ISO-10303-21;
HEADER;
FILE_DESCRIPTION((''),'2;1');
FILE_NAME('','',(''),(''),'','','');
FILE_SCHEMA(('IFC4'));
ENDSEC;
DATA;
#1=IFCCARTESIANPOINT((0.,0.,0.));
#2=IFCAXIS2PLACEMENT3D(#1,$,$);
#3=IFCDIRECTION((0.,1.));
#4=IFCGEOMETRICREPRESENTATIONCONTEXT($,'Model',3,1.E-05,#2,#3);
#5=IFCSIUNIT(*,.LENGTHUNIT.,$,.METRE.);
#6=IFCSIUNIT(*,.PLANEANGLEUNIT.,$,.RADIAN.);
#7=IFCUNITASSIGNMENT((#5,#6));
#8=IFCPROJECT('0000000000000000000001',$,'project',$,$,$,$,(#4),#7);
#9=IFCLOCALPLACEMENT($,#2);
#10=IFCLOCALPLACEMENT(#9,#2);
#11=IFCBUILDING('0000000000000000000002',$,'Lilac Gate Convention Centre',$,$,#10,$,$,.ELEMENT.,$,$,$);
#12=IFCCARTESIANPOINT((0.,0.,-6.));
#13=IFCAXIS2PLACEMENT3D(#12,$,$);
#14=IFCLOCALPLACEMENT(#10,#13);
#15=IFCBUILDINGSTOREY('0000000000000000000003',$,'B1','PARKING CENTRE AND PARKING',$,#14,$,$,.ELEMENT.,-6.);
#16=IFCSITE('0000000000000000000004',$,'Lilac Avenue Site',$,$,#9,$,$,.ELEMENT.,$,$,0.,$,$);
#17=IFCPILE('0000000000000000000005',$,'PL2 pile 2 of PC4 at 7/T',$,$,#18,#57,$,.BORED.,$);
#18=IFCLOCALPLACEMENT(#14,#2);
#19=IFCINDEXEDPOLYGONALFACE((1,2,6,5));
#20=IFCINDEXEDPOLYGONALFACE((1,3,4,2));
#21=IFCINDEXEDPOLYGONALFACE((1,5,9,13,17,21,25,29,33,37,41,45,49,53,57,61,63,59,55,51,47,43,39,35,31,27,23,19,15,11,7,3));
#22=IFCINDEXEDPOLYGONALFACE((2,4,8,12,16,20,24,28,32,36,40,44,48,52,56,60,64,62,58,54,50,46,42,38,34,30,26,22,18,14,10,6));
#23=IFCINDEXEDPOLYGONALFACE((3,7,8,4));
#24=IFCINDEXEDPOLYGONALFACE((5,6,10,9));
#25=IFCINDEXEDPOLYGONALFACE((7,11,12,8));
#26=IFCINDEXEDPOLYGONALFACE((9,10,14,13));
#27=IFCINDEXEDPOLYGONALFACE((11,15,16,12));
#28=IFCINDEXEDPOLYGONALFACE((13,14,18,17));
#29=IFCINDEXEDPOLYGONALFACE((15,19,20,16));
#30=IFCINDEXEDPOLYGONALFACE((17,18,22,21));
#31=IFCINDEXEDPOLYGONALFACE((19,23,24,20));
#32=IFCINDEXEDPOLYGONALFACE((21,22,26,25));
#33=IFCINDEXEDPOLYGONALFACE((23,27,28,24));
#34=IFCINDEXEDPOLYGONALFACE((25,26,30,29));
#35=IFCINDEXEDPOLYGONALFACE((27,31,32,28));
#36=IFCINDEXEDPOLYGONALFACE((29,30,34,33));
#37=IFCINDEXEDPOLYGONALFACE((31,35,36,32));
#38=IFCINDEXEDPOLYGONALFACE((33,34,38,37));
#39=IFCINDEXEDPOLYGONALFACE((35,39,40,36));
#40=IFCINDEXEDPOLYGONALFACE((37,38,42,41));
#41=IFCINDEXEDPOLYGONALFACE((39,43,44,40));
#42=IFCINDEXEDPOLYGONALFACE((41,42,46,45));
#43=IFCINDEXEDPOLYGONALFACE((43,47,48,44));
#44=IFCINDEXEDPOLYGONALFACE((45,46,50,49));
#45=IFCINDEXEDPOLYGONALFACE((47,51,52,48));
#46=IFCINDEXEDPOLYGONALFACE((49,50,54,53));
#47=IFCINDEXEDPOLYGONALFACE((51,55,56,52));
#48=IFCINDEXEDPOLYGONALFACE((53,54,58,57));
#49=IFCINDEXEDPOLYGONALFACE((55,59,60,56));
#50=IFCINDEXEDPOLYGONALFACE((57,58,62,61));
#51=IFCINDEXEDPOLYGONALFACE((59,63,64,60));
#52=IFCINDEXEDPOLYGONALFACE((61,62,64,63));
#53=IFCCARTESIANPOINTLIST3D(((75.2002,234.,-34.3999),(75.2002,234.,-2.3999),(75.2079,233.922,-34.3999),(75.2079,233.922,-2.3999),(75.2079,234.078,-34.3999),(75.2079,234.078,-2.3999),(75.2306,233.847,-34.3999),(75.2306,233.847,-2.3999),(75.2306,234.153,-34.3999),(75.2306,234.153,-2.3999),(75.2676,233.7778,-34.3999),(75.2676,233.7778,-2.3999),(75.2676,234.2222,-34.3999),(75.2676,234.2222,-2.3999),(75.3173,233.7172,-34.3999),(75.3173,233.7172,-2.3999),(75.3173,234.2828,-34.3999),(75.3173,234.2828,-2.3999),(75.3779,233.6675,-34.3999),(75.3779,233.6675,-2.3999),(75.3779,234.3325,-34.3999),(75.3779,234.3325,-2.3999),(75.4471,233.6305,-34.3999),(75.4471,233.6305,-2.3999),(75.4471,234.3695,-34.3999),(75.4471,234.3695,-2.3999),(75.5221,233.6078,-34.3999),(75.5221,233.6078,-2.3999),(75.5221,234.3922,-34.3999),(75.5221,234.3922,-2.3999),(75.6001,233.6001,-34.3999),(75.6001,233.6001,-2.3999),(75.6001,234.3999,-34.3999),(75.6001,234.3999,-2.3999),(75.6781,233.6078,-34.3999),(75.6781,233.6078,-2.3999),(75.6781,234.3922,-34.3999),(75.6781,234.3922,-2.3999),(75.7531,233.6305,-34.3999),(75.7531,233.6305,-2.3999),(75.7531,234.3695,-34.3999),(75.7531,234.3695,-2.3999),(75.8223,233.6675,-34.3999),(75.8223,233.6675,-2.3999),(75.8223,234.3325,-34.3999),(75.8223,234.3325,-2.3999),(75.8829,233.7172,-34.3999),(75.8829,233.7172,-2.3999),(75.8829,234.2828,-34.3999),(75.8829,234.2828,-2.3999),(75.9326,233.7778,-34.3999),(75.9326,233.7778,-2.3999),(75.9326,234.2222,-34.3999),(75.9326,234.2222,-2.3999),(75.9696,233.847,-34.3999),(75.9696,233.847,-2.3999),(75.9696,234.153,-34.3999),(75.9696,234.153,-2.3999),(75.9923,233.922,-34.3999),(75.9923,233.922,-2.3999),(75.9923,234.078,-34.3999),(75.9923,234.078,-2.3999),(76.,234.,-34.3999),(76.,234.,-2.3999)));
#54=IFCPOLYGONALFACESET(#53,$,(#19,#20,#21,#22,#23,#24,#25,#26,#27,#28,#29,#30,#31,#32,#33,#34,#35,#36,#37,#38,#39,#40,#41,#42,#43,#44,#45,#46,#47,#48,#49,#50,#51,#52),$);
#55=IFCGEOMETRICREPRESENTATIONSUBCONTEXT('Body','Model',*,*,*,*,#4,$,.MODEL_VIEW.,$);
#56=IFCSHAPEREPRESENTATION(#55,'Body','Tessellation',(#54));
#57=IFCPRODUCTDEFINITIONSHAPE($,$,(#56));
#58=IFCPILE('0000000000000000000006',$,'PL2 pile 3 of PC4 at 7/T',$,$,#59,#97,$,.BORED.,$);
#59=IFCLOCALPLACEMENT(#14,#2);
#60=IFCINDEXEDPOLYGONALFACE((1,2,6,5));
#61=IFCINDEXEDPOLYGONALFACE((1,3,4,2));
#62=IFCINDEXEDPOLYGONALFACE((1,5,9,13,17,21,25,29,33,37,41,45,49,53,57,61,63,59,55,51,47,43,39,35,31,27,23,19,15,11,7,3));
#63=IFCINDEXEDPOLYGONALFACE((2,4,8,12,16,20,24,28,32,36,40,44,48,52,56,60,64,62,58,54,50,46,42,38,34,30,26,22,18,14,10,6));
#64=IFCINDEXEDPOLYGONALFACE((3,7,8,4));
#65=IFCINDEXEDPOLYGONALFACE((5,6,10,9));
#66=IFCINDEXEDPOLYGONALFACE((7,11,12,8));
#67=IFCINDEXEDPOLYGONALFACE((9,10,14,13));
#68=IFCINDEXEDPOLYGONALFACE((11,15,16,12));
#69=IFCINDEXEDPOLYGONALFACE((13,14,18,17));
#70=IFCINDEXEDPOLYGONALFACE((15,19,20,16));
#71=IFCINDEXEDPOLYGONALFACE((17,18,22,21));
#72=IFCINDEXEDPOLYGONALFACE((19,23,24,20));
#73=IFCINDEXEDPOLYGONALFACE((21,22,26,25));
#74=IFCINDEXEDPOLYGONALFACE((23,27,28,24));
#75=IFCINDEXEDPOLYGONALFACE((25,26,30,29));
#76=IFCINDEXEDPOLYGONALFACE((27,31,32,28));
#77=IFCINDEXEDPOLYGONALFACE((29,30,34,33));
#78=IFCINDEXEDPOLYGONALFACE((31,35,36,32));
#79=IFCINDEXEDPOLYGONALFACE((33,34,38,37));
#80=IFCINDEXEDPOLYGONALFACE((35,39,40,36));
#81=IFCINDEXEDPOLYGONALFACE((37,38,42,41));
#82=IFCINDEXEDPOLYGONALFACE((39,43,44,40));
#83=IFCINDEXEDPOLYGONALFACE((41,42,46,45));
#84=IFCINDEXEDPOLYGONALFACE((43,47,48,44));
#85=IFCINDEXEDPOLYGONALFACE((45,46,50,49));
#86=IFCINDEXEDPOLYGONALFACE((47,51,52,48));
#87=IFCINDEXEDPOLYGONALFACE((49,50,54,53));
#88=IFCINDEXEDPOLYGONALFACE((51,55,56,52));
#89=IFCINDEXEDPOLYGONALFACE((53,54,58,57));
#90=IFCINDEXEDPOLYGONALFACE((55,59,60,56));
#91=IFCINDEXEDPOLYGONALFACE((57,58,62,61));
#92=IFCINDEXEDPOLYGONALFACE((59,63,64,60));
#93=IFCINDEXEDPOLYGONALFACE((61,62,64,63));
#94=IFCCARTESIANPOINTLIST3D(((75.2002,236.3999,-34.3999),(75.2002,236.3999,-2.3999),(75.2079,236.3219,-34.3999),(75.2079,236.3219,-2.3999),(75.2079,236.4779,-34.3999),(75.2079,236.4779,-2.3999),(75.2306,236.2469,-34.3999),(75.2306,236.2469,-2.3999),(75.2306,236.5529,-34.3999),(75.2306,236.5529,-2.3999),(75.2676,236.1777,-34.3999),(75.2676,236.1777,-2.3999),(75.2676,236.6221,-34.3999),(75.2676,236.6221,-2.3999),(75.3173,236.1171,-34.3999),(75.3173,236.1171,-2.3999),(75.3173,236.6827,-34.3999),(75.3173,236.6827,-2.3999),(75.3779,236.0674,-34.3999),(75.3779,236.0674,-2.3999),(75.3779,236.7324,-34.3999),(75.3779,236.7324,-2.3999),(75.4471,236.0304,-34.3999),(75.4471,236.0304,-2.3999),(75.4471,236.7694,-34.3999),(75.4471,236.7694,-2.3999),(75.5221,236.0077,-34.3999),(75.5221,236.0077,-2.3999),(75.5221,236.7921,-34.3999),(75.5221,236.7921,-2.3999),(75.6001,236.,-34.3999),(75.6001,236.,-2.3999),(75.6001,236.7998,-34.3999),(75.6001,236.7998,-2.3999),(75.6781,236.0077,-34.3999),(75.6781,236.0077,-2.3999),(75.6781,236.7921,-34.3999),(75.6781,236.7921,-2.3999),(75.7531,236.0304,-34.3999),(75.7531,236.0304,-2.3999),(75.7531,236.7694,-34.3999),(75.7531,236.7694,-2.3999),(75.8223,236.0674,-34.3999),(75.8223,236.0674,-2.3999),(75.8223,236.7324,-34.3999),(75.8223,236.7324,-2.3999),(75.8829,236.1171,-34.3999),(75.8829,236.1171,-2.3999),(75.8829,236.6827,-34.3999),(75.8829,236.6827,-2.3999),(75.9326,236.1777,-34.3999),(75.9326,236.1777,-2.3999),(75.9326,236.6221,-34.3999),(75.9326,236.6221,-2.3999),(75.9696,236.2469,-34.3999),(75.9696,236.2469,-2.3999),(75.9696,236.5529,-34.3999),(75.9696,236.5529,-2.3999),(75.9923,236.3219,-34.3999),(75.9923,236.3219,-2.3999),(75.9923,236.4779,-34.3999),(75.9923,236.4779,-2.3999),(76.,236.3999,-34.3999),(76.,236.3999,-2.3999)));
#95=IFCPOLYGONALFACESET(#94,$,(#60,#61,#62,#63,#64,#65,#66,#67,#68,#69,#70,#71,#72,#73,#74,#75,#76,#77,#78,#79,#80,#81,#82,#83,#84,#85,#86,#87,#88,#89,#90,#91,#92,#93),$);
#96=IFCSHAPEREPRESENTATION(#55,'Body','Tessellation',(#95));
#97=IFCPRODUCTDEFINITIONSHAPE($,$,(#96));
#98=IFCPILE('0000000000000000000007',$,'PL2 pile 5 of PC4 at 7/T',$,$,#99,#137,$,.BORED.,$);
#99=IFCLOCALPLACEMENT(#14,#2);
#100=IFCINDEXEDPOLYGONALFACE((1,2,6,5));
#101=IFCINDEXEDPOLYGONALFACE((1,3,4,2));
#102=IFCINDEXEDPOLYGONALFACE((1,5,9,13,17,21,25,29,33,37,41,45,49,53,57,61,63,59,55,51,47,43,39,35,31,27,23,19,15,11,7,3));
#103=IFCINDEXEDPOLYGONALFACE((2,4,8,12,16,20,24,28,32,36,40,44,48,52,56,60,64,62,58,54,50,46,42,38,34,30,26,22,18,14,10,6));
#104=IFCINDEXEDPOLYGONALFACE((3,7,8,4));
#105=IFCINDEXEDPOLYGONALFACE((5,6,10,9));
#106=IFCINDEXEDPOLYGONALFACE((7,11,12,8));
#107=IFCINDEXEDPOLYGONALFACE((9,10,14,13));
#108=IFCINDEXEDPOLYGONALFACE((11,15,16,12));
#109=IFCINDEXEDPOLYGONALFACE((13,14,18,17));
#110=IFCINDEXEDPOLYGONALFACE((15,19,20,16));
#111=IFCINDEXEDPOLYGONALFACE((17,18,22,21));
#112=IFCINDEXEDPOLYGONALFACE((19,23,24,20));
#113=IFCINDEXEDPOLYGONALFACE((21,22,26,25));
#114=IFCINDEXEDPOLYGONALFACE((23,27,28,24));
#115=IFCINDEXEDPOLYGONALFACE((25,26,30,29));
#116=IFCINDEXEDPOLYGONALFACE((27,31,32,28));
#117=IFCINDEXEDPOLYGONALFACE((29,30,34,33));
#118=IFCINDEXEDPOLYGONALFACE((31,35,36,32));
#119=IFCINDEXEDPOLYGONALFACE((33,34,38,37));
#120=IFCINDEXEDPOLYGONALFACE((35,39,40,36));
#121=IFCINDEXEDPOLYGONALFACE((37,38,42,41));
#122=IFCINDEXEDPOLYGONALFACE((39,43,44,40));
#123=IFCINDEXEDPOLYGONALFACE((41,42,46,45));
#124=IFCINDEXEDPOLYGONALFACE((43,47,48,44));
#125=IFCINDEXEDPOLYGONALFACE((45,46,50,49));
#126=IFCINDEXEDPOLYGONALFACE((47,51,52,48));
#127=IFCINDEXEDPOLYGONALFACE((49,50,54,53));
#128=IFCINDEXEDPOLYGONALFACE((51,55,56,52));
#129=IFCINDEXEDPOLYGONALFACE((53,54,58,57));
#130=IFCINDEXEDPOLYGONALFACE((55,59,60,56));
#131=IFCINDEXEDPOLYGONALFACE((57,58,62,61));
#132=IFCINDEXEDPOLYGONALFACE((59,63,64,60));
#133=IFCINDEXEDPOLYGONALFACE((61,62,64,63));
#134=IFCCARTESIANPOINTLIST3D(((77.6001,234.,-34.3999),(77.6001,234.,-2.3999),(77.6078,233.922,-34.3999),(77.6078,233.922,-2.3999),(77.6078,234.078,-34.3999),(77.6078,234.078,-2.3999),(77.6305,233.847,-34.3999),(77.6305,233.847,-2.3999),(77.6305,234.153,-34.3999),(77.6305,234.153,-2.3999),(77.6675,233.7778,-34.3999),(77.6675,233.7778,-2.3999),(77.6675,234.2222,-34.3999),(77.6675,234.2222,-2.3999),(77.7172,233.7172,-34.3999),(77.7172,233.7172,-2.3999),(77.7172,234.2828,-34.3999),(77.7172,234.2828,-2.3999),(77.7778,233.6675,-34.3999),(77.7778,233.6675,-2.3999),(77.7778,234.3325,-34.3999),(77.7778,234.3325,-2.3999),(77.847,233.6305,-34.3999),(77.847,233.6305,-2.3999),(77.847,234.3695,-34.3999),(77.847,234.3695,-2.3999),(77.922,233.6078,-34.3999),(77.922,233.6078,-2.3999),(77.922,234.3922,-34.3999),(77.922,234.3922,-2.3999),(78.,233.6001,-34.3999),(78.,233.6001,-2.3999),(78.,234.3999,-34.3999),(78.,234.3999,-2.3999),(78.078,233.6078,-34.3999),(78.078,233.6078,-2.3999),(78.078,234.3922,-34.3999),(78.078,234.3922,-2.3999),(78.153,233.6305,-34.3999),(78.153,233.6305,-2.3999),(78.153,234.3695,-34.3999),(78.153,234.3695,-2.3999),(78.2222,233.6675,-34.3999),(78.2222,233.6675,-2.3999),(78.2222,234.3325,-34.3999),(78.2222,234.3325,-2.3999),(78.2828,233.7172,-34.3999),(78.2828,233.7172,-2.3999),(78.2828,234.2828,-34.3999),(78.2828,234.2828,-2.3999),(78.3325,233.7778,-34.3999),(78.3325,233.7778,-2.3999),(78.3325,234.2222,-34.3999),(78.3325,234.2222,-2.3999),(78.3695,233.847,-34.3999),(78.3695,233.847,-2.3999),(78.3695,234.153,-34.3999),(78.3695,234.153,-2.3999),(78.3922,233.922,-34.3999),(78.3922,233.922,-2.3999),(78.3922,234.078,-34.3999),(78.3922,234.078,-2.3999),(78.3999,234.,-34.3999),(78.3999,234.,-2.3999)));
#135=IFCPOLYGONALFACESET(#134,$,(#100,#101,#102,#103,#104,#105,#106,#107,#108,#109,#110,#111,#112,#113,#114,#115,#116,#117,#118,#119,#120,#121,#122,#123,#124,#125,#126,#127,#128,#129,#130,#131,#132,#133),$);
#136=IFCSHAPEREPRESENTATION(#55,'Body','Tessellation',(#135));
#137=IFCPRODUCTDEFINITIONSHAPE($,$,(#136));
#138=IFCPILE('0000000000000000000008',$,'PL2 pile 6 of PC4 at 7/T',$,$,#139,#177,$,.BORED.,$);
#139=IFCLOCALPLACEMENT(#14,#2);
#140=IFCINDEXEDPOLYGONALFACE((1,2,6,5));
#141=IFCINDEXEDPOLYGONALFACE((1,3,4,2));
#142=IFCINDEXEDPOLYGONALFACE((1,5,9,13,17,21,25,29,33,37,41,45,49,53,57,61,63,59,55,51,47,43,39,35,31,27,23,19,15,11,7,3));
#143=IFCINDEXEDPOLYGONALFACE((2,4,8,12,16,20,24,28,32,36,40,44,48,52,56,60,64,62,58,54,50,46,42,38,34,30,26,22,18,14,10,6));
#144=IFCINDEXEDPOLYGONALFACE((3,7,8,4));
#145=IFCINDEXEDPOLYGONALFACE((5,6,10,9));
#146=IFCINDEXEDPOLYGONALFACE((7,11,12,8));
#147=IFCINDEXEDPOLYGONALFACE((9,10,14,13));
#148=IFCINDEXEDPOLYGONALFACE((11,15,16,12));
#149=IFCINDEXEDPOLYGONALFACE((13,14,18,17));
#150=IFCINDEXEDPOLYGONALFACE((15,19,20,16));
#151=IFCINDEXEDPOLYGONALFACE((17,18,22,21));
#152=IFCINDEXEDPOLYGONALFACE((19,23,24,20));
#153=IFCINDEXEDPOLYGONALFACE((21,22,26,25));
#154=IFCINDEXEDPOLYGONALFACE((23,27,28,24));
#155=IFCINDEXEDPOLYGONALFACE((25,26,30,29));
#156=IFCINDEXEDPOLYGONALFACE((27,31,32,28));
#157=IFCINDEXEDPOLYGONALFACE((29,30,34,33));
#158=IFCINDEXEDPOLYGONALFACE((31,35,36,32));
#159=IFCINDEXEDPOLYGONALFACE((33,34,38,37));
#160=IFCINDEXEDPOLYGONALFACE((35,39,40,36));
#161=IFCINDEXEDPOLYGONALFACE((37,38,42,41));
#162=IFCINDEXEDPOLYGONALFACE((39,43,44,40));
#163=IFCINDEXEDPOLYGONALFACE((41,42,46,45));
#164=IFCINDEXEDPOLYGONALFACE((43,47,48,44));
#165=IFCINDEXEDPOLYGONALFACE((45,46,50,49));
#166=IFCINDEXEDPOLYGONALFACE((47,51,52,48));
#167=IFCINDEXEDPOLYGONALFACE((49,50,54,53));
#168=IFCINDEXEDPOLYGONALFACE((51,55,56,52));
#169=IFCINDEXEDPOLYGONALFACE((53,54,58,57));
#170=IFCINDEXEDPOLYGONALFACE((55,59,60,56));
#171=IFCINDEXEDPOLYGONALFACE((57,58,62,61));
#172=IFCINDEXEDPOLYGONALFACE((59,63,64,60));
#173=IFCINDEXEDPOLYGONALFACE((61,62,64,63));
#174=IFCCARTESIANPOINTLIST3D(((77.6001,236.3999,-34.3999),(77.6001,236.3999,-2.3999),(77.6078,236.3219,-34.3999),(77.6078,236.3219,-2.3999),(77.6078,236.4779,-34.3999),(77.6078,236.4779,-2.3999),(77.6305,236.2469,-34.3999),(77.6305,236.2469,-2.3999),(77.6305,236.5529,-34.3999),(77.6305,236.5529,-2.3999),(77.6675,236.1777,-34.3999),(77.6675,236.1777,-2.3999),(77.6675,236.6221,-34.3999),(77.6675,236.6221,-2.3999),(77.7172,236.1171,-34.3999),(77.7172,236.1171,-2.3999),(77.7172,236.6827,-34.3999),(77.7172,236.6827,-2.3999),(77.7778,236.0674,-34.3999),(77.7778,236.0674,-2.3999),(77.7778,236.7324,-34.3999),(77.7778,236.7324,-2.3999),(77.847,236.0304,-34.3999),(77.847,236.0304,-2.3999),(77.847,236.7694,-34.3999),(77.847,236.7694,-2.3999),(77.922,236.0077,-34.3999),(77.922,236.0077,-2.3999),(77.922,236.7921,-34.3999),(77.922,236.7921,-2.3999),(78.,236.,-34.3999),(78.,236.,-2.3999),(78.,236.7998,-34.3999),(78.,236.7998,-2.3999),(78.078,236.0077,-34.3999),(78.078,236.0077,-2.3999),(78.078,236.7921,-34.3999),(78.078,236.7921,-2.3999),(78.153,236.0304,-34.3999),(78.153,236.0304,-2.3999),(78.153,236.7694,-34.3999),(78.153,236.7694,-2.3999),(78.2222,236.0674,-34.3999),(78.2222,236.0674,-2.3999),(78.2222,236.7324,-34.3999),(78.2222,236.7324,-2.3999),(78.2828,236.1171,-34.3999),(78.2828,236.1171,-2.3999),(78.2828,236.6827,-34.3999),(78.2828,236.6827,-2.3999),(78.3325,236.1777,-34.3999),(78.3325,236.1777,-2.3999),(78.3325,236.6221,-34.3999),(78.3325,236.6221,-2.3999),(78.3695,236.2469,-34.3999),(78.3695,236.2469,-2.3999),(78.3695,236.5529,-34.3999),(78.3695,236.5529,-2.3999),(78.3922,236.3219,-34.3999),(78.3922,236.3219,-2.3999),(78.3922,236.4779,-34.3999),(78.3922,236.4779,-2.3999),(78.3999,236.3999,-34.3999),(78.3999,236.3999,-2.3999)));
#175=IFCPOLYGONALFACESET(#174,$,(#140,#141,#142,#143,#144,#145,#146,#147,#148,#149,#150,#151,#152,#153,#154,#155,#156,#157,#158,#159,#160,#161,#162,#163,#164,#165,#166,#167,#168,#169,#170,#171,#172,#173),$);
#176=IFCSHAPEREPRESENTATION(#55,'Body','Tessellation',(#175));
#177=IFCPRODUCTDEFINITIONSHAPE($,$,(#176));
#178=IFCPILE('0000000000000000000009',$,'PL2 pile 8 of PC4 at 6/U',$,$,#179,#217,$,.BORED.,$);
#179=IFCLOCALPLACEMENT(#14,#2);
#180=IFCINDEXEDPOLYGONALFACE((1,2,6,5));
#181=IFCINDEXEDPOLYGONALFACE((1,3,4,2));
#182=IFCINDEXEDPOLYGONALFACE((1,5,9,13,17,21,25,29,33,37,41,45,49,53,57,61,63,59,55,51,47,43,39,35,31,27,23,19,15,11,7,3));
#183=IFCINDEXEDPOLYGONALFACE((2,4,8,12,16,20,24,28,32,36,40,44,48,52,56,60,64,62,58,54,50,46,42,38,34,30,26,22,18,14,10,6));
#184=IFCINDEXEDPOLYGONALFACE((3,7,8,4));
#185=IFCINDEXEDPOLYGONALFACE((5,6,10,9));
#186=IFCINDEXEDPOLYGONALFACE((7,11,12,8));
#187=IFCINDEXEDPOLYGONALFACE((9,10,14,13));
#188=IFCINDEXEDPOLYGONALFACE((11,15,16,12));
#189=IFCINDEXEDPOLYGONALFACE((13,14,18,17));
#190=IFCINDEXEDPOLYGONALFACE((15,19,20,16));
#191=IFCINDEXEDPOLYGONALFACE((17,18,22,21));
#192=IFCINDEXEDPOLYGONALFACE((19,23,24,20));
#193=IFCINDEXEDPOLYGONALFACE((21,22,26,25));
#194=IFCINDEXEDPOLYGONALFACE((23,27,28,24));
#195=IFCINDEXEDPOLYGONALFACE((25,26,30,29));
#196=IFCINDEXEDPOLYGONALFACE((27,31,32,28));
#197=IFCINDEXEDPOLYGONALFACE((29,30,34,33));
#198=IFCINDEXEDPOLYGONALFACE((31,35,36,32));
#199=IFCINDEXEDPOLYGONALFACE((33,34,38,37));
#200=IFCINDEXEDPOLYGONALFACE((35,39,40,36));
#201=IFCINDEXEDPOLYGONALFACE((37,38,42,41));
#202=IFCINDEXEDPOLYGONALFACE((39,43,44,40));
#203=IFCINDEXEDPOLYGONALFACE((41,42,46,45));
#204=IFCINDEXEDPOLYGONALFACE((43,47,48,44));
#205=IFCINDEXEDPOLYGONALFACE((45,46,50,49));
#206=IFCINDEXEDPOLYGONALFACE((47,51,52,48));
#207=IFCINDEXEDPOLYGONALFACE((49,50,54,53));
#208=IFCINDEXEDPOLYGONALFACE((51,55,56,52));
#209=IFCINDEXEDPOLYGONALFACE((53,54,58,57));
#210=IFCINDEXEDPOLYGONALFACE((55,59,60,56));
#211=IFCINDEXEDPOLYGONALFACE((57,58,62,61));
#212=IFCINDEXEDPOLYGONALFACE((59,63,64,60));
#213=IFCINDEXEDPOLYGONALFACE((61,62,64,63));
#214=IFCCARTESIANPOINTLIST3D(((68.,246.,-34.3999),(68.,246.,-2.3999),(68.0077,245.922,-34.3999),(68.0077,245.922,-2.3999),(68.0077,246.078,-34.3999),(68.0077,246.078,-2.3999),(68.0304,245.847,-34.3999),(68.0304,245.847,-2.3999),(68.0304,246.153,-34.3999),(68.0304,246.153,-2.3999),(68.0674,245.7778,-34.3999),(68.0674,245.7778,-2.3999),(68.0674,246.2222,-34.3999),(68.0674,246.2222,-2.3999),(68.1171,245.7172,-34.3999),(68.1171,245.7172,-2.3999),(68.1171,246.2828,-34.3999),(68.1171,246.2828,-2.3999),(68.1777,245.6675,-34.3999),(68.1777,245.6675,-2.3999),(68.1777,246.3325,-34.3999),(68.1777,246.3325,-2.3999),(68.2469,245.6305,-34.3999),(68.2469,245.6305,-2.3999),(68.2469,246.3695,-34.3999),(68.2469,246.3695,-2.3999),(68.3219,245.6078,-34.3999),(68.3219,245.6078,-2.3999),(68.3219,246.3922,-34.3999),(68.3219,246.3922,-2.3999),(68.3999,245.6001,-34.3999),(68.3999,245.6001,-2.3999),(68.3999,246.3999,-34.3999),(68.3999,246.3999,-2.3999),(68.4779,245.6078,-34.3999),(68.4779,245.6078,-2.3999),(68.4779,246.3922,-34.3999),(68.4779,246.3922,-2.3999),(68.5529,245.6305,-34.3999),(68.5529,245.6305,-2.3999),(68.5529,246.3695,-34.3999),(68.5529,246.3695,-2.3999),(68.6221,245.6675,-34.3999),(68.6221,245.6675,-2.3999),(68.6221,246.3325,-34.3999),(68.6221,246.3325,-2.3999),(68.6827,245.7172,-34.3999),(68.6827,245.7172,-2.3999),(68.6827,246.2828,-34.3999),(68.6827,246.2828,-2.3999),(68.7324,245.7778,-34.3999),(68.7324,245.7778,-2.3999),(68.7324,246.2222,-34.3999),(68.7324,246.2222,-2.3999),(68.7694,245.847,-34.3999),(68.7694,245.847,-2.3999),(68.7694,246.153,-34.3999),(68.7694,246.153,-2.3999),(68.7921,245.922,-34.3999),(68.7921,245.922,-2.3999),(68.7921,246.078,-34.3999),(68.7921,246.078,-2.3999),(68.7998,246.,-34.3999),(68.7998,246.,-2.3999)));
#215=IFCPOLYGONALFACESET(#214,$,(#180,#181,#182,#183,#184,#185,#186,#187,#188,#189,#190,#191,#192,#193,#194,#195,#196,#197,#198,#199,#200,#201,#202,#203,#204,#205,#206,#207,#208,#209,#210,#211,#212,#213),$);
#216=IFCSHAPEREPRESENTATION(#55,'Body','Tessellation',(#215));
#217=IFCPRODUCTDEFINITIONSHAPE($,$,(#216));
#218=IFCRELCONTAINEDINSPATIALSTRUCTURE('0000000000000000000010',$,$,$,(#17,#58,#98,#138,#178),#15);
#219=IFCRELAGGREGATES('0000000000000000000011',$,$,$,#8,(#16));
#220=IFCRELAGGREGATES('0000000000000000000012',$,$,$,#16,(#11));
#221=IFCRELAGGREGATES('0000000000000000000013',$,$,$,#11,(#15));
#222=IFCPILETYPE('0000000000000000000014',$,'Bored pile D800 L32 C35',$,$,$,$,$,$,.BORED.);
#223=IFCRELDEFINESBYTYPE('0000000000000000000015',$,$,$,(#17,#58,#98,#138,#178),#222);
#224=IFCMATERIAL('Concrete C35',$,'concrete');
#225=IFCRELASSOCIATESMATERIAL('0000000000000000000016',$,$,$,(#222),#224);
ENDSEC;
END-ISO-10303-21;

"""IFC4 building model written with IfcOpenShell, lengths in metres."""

from ifc_helpers import new_model, si_unit, direction, frame, origin, origin_2d, place, context, subcontext, project, spatial, circle, extrude, material, material_profile, profile_set, type_object, element, save


model = new_model("IFC4")

# Units and contexts
model_context = context("Model", 3, precision=1e-05, world=origin(), true_north=direction((0.0, 1.0)))
body_context = subcontext(model_context, "Body", "Model", "MODEL_VIEW")
ifc_project = project(units=[si_unit("LENGTHUNIT", "METRE"), si_unit("PLANEANGLEUNIT", "RADIAN")], contexts=[model_context])

# Site, building, storey
site_placement = place(None, origin())
site = spatial("IfcSite", under=ifc_project, at=site_placement, Name="Lilac Avenue Site", CompositionType="ELEMENT", RefElevation=0.0)
building_placement = place(site_placement, origin())
building = spatial("IfcBuilding", under=site, at=building_placement, Name="Lilac Gate Convention Centre", CompositionType="ELEMENT")
storey_placement = place(building_placement, frame((0.0, 0.0, -6.0)))
storey = spatial("IfcBuildingStorey", under=building, at=storey_placement, Name="B1", Description="PARKING CENTRE AND PARKING", CompositionType="ELEMENT", Elevation=-6.0)

# Piles
ifc_material_1 = material(Name="Concrete C35", Category="concrete")
ifc_material_profile_1 = material_profile(ifc_material_1, circle(Radius=0.3999, at=origin_2d()), Name="D800")
ifc_profile_set_1 = profile_set([ifc_material_profile_1], Name="Concrete C35")
pile_type = type_object("IfcPileType", Name="Bored pile D800 L32 C35", PredefinedType="BORED", material=ifc_profile_set_1)
for number, where, z_axis, x_axis, name in (
    (1, (75.6001, 234.0, -2.3999), (0.0, 0.0, -1.0), (1.0, 0.0, 0.0), "PL2 pile 2 of PC4 at 7/T"),
    (2, (75.6001, 236.3999, -2.3999), (0.0, 0.0, -1.0), (1.0, 0.0, 0.0), "PL2 pile 3 of PC4 at 7/T"),
    (3, (78.0, 234.0, -2.3999), (0.0, 0.0, -1.0), (1.0, 0.0, 0.0), "PL2 pile 5 of PC4 at 7/T"),
    (4, (78.0, 236.3999, -2.3999), (0.0, 0.0, -1.0), (1.0, 0.0, 0.0), "PL2 pile 6 of PC4 at 7/T"),
    (5, (68.3999, 246.0, -2.3999), (0.0, 0.0, -1.0), (1.0, 0.0, 0.0), "PL2 pile 8 of PC4 at 6/U"),
):
    element("IfcPile", number, at=place(storey_placement, frame(where, z_axis=z_axis, x_axis=x_axis)), inside=storey, type_object=pile_type, Name=name, PredefinedType="BORED", context=body_context, shape_type="SweptSolid", body=[
        extrude(circle(Radius=0.3999, at=origin_2d()), origin(), (0.0, 0.0, 1.0), 32.0),
    ])

save(model, "model.ifc")
